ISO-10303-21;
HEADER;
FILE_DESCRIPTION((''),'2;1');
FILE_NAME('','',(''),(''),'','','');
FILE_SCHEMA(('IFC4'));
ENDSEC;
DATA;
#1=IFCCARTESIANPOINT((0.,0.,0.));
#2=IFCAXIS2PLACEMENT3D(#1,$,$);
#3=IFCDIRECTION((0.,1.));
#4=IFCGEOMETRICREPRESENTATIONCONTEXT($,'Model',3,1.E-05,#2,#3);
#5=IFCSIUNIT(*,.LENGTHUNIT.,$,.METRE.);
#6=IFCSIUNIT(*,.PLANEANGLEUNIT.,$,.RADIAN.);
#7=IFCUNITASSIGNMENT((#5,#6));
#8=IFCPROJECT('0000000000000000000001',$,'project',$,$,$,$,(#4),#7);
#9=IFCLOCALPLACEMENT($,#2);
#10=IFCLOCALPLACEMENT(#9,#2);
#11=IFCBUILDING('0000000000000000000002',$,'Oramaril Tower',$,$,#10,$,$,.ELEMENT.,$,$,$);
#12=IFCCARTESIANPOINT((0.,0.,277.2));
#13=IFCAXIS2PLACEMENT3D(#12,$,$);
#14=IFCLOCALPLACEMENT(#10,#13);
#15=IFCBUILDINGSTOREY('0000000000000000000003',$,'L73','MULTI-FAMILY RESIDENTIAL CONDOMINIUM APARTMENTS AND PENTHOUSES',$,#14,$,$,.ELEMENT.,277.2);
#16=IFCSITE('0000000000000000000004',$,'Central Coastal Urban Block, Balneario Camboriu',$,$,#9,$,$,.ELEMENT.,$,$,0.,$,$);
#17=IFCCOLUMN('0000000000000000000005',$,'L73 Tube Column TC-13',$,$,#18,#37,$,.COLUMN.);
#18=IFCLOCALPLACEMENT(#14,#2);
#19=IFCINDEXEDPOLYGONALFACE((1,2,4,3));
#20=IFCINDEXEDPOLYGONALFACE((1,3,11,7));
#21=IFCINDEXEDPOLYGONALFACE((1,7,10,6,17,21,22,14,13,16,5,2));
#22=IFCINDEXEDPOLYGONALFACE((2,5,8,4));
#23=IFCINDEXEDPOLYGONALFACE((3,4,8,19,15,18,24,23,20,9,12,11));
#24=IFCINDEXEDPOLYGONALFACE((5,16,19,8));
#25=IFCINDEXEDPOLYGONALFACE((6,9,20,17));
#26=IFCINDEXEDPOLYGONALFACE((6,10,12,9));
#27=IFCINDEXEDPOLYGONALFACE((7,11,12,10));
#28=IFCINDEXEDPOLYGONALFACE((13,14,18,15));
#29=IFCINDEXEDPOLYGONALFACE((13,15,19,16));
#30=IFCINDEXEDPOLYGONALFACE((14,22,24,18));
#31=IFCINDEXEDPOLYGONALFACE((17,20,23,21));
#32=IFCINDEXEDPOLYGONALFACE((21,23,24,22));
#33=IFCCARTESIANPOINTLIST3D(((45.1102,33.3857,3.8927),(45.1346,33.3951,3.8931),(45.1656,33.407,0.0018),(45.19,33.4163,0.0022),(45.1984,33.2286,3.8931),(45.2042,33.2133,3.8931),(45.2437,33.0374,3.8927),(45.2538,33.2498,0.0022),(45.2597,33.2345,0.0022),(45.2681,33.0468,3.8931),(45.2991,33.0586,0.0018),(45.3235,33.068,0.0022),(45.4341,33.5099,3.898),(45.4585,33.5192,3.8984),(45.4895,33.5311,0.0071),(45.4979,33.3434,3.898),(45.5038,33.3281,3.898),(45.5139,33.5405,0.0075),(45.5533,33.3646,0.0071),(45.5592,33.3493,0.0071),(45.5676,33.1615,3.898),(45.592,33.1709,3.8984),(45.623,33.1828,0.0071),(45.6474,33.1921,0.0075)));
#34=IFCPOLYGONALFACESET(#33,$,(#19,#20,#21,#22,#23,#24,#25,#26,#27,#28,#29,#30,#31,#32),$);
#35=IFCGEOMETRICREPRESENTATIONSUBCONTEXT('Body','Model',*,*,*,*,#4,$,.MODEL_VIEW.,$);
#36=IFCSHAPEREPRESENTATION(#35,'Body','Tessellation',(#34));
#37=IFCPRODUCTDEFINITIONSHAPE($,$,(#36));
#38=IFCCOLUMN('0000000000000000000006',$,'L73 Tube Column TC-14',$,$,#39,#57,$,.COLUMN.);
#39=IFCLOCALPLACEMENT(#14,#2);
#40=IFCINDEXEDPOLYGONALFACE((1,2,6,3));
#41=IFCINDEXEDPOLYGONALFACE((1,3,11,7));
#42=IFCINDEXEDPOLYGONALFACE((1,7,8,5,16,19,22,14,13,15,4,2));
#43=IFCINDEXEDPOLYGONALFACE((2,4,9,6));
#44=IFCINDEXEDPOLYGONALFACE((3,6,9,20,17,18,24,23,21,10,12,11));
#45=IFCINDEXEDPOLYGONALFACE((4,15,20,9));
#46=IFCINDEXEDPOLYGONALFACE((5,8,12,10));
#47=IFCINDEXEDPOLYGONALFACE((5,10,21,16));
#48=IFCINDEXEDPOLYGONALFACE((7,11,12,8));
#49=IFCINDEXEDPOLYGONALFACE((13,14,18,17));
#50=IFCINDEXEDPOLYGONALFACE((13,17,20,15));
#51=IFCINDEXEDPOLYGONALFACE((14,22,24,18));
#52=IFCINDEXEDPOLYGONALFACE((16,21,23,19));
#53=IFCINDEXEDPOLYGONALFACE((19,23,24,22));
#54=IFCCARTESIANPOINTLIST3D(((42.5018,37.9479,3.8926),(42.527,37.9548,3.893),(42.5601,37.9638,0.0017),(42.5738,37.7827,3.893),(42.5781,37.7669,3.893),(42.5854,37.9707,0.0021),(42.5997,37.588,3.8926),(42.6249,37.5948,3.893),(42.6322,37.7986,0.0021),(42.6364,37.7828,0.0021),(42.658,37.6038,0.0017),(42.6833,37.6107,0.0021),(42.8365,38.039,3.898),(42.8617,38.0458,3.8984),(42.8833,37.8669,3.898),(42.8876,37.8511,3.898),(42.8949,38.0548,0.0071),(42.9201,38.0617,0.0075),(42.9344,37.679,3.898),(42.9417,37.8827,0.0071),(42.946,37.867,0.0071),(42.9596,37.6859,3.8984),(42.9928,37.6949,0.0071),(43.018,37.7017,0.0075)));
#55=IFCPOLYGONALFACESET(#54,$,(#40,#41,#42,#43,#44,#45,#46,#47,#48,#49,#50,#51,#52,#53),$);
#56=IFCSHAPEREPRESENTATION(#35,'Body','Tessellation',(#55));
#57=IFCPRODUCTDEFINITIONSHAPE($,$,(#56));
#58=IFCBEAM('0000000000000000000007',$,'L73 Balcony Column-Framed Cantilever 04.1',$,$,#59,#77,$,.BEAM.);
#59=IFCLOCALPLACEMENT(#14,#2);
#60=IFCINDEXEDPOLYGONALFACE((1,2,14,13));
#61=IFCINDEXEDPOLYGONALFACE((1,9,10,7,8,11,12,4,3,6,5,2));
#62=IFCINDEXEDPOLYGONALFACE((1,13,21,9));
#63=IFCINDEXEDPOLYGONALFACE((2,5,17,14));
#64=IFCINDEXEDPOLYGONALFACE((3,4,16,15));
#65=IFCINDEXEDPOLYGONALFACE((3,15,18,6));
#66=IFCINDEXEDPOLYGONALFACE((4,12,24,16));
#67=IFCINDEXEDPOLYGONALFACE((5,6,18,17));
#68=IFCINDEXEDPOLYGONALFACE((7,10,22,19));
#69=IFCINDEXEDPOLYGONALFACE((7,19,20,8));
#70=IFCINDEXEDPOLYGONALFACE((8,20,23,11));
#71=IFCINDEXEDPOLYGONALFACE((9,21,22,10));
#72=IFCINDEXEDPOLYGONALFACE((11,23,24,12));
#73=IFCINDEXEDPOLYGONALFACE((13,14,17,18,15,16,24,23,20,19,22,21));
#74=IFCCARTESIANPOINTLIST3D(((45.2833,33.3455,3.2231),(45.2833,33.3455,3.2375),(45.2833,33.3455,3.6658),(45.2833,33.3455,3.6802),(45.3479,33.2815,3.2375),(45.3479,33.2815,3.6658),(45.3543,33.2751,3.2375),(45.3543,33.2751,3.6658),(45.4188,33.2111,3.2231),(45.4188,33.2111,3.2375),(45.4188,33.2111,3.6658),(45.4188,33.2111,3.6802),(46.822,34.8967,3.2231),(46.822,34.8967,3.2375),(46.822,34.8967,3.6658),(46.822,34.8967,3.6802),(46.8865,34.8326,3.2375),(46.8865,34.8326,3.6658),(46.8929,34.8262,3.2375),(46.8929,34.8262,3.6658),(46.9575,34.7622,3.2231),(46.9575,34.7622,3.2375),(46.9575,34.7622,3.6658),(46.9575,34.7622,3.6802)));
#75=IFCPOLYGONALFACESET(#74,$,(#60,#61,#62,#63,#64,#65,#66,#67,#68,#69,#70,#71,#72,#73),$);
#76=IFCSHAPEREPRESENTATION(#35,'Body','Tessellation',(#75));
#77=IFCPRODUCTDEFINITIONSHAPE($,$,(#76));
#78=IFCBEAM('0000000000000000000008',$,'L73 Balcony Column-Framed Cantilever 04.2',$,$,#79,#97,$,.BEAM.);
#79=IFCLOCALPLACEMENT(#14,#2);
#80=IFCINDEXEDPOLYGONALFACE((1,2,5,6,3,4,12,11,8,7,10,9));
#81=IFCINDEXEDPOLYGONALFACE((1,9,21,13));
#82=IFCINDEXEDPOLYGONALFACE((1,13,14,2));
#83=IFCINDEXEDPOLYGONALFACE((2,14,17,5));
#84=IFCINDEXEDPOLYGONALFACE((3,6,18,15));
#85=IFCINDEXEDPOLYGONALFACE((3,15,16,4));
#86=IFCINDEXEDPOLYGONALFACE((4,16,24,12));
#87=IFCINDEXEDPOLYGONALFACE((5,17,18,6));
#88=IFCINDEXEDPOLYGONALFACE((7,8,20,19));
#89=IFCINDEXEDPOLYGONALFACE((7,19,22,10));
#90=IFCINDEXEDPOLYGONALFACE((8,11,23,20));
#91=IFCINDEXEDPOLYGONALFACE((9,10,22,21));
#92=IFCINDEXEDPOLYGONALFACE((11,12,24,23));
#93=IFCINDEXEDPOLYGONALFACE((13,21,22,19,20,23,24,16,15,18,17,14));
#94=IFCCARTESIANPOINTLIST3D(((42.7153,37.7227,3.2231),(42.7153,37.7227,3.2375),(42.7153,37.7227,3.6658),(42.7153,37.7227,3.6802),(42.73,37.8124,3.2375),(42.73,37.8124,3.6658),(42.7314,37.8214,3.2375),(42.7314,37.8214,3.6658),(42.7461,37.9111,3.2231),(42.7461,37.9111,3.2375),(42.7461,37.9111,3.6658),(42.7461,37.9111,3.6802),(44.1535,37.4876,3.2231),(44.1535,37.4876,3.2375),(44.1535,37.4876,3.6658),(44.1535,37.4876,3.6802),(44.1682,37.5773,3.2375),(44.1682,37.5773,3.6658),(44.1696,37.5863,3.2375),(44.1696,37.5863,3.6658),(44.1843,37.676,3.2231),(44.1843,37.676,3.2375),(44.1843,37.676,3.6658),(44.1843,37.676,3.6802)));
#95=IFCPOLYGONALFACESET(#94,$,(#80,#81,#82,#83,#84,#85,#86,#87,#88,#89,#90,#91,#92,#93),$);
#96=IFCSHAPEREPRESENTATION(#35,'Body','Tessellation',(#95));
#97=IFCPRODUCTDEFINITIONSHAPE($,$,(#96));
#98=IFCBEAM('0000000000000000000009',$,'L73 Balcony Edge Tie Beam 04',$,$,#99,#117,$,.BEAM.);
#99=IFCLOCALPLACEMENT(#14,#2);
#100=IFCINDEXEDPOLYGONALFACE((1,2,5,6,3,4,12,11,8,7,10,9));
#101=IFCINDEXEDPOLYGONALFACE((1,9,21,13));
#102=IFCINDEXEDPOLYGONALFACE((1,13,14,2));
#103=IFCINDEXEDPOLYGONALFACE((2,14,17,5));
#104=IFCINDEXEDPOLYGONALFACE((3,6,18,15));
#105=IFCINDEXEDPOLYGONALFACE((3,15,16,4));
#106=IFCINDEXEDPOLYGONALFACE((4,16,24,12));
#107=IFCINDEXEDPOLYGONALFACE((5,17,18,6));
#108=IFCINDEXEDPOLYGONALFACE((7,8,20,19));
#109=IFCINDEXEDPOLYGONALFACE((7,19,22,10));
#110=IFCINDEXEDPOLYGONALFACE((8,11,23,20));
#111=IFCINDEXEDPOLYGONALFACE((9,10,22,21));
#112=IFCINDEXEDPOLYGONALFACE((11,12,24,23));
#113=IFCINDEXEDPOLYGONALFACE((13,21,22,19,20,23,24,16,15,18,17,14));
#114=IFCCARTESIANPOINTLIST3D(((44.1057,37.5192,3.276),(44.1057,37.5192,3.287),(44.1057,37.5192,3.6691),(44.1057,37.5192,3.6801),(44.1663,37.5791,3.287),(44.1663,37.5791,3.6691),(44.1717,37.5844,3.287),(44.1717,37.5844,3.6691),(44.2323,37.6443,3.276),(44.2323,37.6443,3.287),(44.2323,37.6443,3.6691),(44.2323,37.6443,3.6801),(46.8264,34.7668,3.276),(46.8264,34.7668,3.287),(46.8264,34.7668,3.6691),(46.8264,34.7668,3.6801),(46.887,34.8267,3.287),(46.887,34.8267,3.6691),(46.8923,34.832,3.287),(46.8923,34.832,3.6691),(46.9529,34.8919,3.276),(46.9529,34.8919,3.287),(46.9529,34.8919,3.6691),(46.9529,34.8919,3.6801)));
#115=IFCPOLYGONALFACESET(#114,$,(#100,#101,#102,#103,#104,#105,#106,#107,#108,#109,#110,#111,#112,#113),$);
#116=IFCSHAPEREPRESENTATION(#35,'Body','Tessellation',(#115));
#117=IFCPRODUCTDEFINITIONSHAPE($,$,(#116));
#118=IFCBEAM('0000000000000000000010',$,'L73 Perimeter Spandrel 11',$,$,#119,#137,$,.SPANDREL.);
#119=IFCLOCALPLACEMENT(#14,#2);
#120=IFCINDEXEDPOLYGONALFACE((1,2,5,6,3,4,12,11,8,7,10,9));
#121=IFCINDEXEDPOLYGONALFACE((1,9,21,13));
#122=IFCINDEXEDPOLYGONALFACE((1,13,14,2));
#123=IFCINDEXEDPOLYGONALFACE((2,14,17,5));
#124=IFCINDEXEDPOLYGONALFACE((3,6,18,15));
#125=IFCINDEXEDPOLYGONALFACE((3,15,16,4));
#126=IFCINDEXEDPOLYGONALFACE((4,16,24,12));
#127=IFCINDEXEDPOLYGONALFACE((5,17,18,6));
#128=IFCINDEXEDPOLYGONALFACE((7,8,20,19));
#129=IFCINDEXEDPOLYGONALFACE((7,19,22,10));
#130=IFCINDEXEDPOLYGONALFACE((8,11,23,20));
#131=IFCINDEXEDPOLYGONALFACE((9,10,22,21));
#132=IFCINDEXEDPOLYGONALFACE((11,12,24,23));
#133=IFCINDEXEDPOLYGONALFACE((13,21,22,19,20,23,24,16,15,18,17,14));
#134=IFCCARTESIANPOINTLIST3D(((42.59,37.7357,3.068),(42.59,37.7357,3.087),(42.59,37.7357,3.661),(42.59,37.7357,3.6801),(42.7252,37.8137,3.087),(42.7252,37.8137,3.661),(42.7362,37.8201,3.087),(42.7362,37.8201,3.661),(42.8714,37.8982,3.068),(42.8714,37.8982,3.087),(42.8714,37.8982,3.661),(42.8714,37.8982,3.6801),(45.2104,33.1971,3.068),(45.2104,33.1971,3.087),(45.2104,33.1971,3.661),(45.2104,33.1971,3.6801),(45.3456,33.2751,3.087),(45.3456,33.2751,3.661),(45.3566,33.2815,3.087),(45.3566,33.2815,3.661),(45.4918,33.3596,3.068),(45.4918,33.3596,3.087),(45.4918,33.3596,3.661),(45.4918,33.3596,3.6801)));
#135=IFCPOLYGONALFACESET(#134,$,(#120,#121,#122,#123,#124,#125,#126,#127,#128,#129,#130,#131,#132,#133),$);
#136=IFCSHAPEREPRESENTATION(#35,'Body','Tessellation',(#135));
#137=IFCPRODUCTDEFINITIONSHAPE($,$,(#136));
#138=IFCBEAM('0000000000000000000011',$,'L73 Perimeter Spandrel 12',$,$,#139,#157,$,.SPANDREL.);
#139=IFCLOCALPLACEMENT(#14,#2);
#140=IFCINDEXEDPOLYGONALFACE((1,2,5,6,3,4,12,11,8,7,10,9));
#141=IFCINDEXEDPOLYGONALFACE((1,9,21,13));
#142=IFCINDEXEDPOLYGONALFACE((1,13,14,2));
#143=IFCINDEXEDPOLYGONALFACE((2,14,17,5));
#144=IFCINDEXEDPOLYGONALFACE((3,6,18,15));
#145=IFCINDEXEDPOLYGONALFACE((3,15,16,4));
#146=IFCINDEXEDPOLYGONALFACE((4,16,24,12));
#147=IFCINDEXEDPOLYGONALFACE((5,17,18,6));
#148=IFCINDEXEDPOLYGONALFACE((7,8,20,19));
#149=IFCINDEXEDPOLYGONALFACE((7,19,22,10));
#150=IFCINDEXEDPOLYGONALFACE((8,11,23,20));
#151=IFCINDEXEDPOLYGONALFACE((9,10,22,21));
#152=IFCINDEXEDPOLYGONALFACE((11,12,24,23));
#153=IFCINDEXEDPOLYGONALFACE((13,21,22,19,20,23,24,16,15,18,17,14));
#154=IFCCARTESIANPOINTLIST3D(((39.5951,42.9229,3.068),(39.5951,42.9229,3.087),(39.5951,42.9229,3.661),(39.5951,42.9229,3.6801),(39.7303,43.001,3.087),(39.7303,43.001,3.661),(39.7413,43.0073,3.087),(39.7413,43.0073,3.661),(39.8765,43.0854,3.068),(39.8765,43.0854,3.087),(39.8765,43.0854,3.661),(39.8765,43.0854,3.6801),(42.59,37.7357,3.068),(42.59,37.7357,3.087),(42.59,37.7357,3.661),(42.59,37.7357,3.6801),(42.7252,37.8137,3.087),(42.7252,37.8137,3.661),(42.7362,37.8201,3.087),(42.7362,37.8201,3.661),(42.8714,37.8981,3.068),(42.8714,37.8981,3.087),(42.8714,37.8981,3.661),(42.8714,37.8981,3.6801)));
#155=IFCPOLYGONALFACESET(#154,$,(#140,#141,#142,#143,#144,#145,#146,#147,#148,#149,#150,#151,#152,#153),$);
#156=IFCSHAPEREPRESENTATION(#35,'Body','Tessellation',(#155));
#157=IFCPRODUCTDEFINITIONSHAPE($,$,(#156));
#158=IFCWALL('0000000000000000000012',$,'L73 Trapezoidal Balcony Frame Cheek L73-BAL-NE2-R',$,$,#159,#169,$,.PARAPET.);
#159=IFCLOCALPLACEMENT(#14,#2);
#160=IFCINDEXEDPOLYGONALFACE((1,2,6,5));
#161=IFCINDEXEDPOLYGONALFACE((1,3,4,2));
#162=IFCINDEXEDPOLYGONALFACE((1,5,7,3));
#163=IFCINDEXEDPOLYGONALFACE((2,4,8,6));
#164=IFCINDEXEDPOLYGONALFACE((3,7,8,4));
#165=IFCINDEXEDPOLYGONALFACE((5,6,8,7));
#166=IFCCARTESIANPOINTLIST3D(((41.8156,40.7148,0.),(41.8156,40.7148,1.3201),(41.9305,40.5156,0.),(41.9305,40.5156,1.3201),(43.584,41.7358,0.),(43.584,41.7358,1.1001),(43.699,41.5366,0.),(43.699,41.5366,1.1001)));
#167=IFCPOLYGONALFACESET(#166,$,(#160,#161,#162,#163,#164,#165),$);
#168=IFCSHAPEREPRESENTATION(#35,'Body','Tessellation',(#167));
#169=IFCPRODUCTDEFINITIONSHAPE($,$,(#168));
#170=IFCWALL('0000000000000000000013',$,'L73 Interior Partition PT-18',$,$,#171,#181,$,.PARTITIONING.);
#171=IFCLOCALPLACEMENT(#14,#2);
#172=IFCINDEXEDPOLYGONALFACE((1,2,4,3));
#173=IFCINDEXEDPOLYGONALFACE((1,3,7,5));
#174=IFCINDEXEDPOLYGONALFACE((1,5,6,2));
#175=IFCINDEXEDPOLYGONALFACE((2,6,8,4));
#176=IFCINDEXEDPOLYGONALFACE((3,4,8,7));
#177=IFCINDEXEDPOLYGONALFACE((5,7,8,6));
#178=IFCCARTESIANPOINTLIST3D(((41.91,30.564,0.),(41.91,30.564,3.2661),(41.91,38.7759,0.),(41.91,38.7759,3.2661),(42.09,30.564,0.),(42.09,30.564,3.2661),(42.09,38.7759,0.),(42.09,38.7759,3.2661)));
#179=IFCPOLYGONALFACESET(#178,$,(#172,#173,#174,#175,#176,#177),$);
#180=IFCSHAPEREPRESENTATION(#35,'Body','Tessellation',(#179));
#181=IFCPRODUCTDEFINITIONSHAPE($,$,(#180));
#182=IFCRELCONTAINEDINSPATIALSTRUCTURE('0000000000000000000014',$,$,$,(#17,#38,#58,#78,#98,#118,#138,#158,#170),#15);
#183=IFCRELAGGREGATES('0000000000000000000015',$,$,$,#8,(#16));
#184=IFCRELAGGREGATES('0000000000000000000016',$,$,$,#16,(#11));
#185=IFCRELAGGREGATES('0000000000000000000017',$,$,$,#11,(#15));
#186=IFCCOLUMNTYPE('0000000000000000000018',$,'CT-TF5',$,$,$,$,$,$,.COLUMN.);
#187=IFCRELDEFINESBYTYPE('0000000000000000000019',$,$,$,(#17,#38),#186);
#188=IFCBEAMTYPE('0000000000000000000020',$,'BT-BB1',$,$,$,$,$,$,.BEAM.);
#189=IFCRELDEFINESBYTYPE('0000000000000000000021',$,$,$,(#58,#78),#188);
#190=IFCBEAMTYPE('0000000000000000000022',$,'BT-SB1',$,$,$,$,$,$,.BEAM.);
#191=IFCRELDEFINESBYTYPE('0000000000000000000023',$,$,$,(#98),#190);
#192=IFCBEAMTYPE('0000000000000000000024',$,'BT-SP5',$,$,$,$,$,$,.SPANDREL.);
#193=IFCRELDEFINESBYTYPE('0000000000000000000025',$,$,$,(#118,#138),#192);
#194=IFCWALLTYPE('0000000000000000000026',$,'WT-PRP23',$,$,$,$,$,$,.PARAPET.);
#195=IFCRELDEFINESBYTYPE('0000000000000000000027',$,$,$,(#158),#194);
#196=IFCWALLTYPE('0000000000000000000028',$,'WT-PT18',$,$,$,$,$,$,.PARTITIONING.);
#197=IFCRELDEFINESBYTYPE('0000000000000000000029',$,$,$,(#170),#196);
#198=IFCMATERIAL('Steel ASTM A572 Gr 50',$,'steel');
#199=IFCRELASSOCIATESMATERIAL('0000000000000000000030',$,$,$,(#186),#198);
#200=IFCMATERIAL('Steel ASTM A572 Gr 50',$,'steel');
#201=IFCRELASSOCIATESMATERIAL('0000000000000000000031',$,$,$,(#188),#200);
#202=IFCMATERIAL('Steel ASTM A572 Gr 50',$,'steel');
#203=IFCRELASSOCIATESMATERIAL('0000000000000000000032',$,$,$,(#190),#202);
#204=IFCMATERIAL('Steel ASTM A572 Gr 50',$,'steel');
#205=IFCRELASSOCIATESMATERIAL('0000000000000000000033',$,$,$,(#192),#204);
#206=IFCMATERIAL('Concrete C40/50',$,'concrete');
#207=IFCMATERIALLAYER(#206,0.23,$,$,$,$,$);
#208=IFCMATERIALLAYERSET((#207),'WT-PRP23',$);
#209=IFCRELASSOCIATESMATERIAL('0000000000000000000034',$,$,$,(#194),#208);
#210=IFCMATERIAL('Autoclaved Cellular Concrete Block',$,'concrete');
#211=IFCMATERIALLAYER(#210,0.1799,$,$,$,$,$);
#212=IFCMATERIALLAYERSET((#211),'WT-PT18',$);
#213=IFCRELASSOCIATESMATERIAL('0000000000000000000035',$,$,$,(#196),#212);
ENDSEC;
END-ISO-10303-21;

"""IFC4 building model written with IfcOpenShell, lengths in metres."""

from ifc_helpers import new_model, si_unit, direction, frame, frame_2d, origin, origin_2d, place, context, subcontext, project, spatial, polyline, rectangle, i_section, outline, extrude, material, layer, layer_set, material_profile, profile_set, type_object, element, save


model = new_model("IFC4")

# Units and contexts
model_context = context("Model", 3, precision=1e-05, world=origin(), true_north=direction((0.0, 1.0)))
body_context = subcontext(model_context, "Body", "Model", "MODEL_VIEW")
ifc_project = project(units=[si_unit("LENGTHUNIT", "METRE"), si_unit("PLANEANGLEUNIT", "RADIAN")], contexts=[model_context])

# Site, building, storey
site_placement = place(None, origin())
site = spatial("IfcSite", under=ifc_project, at=site_placement, Name="Central Coastal Urban Block, Balneario Camboriu", CompositionType="ELEMENT", RefElevation=0.0)
building_placement = place(site_placement, origin())
building = spatial("IfcBuilding", under=site, at=building_placement, Name="Oramaril Tower", CompositionType="ELEMENT")
storey_placement = place(building_placement, frame((0.0, 0.0, 277.2)))
storey = spatial("IfcBuildingStorey", under=building, at=storey_placement, Name="L73", Description="MULTI-FAMILY RESIDENTIAL CONDOMINIUM APARTMENTS AND PENTHOUSES", CompositionType="ELEMENT", Elevation=277.2)

# Columns
ifc_material_1 = material(Name="Steel ASTM A572 Gr 50", Category="steel")
ifc_material_profile_1 = material_profile(ifc_material_1, i_section(OverallWidth=0.373, OverallDepth=0.373, WebThickness=0.0164, FlangeThickness=0.0261, at=origin_2d()), Name="W14X132")
ifc_profile_set_1 = profile_set([ifc_material_profile_1], Name="Steel ASTM A572 Gr 50")
column_type = type_object("IfcColumnType", Name="CT-TF5", PredefinedType="COLUMN", material=ifc_profile_set_1)
for number, where, z_axis, x_axis, name in (
    (1, (45.4065, 33.2996, 0.0046), (-0.014242, -0.005458, 0.999884), (0.357876, -0.933769, 0.0), "L73 Tube Column TC-13"),
    (2, (42.7891, 37.8328, 0.0046), (-0.014995, -0.004078, 0.999879), (0.262434, -0.96495, 0.0), "L73 Tube Column TC-14"),
):
    element("IfcColumn", number, at=place(storey_placement, frame(where, z_axis=z_axis, x_axis=x_axis)), inside=storey, type_object=column_type, Name=name, PredefinedType="COLUMN", context=body_context, shape_type="SweptSolid", body=[
        extrude(i_section(OverallWidth=0.373, OverallDepth=0.373, WebThickness=0.0164, FlangeThickness=0.0261, at=origin_2d()), origin(), (0.0, 0.0, 1.0), 3.8914),
    ])

# Beams
ifc_material_2 = material(Name="Steel ASTM A572 Gr 50", Category="steel")
ifc_material_profile_2 = material_profile(ifc_material_2, i_section(OverallWidth=0.1909, OverallDepth=0.457, WebThickness=0.009, FlangeThickness=0.0144, at=origin_2d()), Name="W18X50")
ifc_profile_set_2 = profile_set([ifc_material_profile_2], Name="Steel ASTM A572 Gr 50")
beam_type_1 = type_object("IfcBeamType", Name="BT-BB1", PredefinedType="BEAM", material=ifc_profile_set_2)
beam_1_placement = place(storey_placement, frame((45.3511, 33.2783, 3.4517), z_axis=(0.704251, 0.709951, 0.0), x_axis=(-0.709951, 0.704251, 0.0)))
element("IfcBeam", 3, at=beam_1_placement, inside=storey, type_object=beam_type_1, Name="L73 Balcony Column-Framed Cantilever 04.1", PredefinedType="BEAM", context=body_context, shape_type="SweptSolid", body=[
    extrude(i_section(OverallWidth=0.1909, OverallDepth=0.457, WebThickness=0.009, FlangeThickness=0.0144, at=origin_2d()), origin(), (0.0, 0.0, 1.0), 2.1848),
])
beam_2_placement = place(storey_placement, frame((42.7307, 37.8169, 3.4517), z_axis=(0.986901, -0.161328, 0.0), x_axis=(0.161328, 0.986901, 0.0)))
element("IfcBeam", 4, at=beam_2_placement, inside=storey, type_object=beam_type_1, Name="L73 Balcony Column-Framed Cantilever 04.2", PredefinedType="BEAM", context=body_context, shape_type="SweptSolid", body=[
    extrude(i_section(OverallWidth=0.1909, OverallDepth=0.457, WebThickness=0.009, FlangeThickness=0.0144, at=origin_2d()), origin(), (0.0, 0.0, 1.0), 1.4573),
])
ifc_material_3 = material(Name="Steel ASTM A572 Gr 50", Category="steel")
ifc_material_profile_3 = material_profile(ifc_material_3, i_section(OverallWidth=0.178, OverallDepth=0.4041, WebThickness=0.0076, FlangeThickness=0.011, at=origin_2d()), Name="W16X36")
ifc_profile_set_3 = profile_set([ifc_material_profile_3], Name="Steel ASTM A572 Gr 50")
beam_type_2 = type_object("IfcBeamType", Name="BT-SB1", PredefinedType="BEAM", material=ifc_profile_set_3)
beam_3_placement = place(storey_placement, frame((46.8896, 34.8293, 3.478), z_axis=(-0.702995, 0.711195, 0.0), x_axis=(-0.711195, -0.702995, 0.0)))
element("IfcBeam", 5, at=beam_3_placement, inside=storey, type_object=beam_type_2, Name="L73 Balcony Edge Tie Beam 04", PredefinedType="BEAM", context=body_context, shape_type="SweptSolid", body=[
    extrude(i_section(OverallWidth=0.178, OverallDepth=0.4041, WebThickness=0.0076, FlangeThickness=0.011, at=origin_2d()), origin(), (0.0, 0.0, 1.0), 3.8701),
])
ifc_material_4 = material(Name="Steel ASTM A572 Gr 50", Category="steel")
ifc_material_profile_4 = material_profile(ifc_material_4, i_section(OverallWidth=0.325, OverallDepth=0.6121, WebThickness=0.0127, FlangeThickness=0.019, at=origin_2d()), Name="W24X104")
ifc_profile_set_4 = profile_set([ifc_material_profile_4], Name="Steel ASTM A572 Gr 50")
beam_type_3 = type_object("IfcBeamType", Name="BT-SP5", PredefinedType="SPANDREL", material=ifc_profile_set_4)
beam_4_placement = place(storey_placement, frame((45.3511, 33.2783, 3.374), z_axis=(-0.500002, 0.866024, 0.0), x_axis=(-0.866024, -0.500002, 0.0)))
element("IfcBeam", 6, at=beam_4_placement, inside=storey, type_object=beam_type_3, Name="L73 Perimeter Spandrel 11", PredefinedType="SPANDREL", context=body_context, shape_type="SweptSolid", body=[
    extrude(i_section(OverallWidth=0.325, OverallDepth=0.6121, WebThickness=0.0127, FlangeThickness=0.019, at=origin_2d()), origin(), (0.0, 0.0, 1.0), 5.2407),
])
beam_5_placement = place(storey_placement, frame((42.7307, 37.8169, 3.374), z_axis=(-0.500001, 0.866025, 0.0), x_axis=(-0.866025, -0.500001, 0.0)))
element("IfcBeam", 7, at=beam_5_placement, inside=storey, type_object=beam_type_3, Name="L73 Perimeter Spandrel 12", PredefinedType="SPANDREL", context=body_context, shape_type="SweptSolid", body=[
    extrude(i_section(OverallWidth=0.325, OverallDepth=0.6121, WebThickness=0.0127, FlangeThickness=0.019, at=origin_2d()), origin(), (0.0, 0.0, 1.0), 5.9897),
])

# Walls
ifc_material_5 = material(Name="Concrete C40/50", Category="concrete")
ifc_layer_1 = layer(ifc_material_5, 0.23)
ifc_layer_set_1 = layer_set([ifc_layer_1], Name="WT-PRP23")
wall_type_1 = type_object("IfcWallType", Name="WT-PRP23", PredefinedType="PARAPET", material=ifc_layer_set_1)
wall_1_placement = place(storey_placement, frame((41.873, 40.6152, 0.0), z_axis=(0.0, 0.0, 1.0), x_axis=(0.866042, 0.499971, 0.0)))
element("IfcWall", 8, at=wall_1_placement, inside=storey, type_object=wall_type_1, Name="L73 Trapezoidal Balcony Frame Cheek L73-BAL-NE2-R", PredefinedType="PARAPET", context=body_context, shape_type="SweptSolid", body=[
    extrude(outline(polyline([(0.0, 0.0), (2.042, 0.0), (2.042, 1.1001), (0.0, 1.3201), (0.0, 0.0)])), frame((0.0, 0.115, 0.0), z_axis=(0.0, -1.0, 0.0), x_axis=(1.0, 0.0, 0.0)), (0.0, 0.0, 1.0), 0.23),
])
ifc_material_6 = material(Name="Autoclaved Cellular Concrete Block", Category="concrete")
ifc_layer_2 = layer(ifc_material_6, 0.1799)
ifc_layer_set_2 = layer_set([ifc_layer_2], Name="WT-PT18")
wall_type_2 = type_object("IfcWallType", Name="WT-PT18", PredefinedType="PARTITIONING", material=ifc_layer_set_2)
wall_2_placement = place(storey_placement, frame((42.0, 30.564, 0.0), z_axis=(0.0, 0.0, 1.0), x_axis=(0.0, 1.0, 0.0)))
element("IfcWall", 9, at=wall_2_placement, inside=storey, type_object=wall_type_2, Name="L73 Interior Partition PT-18", PredefinedType="PARTITIONING", context=body_context, shape_type="SweptSolid", body=[
    extrude(rectangle(XDim=8.2119, YDim=0.1799, at=frame_2d((4.106, 0.0))), origin(), (0.0, 0.0, 1.0), 3.2661),
])

save(model, "model.ifc")
